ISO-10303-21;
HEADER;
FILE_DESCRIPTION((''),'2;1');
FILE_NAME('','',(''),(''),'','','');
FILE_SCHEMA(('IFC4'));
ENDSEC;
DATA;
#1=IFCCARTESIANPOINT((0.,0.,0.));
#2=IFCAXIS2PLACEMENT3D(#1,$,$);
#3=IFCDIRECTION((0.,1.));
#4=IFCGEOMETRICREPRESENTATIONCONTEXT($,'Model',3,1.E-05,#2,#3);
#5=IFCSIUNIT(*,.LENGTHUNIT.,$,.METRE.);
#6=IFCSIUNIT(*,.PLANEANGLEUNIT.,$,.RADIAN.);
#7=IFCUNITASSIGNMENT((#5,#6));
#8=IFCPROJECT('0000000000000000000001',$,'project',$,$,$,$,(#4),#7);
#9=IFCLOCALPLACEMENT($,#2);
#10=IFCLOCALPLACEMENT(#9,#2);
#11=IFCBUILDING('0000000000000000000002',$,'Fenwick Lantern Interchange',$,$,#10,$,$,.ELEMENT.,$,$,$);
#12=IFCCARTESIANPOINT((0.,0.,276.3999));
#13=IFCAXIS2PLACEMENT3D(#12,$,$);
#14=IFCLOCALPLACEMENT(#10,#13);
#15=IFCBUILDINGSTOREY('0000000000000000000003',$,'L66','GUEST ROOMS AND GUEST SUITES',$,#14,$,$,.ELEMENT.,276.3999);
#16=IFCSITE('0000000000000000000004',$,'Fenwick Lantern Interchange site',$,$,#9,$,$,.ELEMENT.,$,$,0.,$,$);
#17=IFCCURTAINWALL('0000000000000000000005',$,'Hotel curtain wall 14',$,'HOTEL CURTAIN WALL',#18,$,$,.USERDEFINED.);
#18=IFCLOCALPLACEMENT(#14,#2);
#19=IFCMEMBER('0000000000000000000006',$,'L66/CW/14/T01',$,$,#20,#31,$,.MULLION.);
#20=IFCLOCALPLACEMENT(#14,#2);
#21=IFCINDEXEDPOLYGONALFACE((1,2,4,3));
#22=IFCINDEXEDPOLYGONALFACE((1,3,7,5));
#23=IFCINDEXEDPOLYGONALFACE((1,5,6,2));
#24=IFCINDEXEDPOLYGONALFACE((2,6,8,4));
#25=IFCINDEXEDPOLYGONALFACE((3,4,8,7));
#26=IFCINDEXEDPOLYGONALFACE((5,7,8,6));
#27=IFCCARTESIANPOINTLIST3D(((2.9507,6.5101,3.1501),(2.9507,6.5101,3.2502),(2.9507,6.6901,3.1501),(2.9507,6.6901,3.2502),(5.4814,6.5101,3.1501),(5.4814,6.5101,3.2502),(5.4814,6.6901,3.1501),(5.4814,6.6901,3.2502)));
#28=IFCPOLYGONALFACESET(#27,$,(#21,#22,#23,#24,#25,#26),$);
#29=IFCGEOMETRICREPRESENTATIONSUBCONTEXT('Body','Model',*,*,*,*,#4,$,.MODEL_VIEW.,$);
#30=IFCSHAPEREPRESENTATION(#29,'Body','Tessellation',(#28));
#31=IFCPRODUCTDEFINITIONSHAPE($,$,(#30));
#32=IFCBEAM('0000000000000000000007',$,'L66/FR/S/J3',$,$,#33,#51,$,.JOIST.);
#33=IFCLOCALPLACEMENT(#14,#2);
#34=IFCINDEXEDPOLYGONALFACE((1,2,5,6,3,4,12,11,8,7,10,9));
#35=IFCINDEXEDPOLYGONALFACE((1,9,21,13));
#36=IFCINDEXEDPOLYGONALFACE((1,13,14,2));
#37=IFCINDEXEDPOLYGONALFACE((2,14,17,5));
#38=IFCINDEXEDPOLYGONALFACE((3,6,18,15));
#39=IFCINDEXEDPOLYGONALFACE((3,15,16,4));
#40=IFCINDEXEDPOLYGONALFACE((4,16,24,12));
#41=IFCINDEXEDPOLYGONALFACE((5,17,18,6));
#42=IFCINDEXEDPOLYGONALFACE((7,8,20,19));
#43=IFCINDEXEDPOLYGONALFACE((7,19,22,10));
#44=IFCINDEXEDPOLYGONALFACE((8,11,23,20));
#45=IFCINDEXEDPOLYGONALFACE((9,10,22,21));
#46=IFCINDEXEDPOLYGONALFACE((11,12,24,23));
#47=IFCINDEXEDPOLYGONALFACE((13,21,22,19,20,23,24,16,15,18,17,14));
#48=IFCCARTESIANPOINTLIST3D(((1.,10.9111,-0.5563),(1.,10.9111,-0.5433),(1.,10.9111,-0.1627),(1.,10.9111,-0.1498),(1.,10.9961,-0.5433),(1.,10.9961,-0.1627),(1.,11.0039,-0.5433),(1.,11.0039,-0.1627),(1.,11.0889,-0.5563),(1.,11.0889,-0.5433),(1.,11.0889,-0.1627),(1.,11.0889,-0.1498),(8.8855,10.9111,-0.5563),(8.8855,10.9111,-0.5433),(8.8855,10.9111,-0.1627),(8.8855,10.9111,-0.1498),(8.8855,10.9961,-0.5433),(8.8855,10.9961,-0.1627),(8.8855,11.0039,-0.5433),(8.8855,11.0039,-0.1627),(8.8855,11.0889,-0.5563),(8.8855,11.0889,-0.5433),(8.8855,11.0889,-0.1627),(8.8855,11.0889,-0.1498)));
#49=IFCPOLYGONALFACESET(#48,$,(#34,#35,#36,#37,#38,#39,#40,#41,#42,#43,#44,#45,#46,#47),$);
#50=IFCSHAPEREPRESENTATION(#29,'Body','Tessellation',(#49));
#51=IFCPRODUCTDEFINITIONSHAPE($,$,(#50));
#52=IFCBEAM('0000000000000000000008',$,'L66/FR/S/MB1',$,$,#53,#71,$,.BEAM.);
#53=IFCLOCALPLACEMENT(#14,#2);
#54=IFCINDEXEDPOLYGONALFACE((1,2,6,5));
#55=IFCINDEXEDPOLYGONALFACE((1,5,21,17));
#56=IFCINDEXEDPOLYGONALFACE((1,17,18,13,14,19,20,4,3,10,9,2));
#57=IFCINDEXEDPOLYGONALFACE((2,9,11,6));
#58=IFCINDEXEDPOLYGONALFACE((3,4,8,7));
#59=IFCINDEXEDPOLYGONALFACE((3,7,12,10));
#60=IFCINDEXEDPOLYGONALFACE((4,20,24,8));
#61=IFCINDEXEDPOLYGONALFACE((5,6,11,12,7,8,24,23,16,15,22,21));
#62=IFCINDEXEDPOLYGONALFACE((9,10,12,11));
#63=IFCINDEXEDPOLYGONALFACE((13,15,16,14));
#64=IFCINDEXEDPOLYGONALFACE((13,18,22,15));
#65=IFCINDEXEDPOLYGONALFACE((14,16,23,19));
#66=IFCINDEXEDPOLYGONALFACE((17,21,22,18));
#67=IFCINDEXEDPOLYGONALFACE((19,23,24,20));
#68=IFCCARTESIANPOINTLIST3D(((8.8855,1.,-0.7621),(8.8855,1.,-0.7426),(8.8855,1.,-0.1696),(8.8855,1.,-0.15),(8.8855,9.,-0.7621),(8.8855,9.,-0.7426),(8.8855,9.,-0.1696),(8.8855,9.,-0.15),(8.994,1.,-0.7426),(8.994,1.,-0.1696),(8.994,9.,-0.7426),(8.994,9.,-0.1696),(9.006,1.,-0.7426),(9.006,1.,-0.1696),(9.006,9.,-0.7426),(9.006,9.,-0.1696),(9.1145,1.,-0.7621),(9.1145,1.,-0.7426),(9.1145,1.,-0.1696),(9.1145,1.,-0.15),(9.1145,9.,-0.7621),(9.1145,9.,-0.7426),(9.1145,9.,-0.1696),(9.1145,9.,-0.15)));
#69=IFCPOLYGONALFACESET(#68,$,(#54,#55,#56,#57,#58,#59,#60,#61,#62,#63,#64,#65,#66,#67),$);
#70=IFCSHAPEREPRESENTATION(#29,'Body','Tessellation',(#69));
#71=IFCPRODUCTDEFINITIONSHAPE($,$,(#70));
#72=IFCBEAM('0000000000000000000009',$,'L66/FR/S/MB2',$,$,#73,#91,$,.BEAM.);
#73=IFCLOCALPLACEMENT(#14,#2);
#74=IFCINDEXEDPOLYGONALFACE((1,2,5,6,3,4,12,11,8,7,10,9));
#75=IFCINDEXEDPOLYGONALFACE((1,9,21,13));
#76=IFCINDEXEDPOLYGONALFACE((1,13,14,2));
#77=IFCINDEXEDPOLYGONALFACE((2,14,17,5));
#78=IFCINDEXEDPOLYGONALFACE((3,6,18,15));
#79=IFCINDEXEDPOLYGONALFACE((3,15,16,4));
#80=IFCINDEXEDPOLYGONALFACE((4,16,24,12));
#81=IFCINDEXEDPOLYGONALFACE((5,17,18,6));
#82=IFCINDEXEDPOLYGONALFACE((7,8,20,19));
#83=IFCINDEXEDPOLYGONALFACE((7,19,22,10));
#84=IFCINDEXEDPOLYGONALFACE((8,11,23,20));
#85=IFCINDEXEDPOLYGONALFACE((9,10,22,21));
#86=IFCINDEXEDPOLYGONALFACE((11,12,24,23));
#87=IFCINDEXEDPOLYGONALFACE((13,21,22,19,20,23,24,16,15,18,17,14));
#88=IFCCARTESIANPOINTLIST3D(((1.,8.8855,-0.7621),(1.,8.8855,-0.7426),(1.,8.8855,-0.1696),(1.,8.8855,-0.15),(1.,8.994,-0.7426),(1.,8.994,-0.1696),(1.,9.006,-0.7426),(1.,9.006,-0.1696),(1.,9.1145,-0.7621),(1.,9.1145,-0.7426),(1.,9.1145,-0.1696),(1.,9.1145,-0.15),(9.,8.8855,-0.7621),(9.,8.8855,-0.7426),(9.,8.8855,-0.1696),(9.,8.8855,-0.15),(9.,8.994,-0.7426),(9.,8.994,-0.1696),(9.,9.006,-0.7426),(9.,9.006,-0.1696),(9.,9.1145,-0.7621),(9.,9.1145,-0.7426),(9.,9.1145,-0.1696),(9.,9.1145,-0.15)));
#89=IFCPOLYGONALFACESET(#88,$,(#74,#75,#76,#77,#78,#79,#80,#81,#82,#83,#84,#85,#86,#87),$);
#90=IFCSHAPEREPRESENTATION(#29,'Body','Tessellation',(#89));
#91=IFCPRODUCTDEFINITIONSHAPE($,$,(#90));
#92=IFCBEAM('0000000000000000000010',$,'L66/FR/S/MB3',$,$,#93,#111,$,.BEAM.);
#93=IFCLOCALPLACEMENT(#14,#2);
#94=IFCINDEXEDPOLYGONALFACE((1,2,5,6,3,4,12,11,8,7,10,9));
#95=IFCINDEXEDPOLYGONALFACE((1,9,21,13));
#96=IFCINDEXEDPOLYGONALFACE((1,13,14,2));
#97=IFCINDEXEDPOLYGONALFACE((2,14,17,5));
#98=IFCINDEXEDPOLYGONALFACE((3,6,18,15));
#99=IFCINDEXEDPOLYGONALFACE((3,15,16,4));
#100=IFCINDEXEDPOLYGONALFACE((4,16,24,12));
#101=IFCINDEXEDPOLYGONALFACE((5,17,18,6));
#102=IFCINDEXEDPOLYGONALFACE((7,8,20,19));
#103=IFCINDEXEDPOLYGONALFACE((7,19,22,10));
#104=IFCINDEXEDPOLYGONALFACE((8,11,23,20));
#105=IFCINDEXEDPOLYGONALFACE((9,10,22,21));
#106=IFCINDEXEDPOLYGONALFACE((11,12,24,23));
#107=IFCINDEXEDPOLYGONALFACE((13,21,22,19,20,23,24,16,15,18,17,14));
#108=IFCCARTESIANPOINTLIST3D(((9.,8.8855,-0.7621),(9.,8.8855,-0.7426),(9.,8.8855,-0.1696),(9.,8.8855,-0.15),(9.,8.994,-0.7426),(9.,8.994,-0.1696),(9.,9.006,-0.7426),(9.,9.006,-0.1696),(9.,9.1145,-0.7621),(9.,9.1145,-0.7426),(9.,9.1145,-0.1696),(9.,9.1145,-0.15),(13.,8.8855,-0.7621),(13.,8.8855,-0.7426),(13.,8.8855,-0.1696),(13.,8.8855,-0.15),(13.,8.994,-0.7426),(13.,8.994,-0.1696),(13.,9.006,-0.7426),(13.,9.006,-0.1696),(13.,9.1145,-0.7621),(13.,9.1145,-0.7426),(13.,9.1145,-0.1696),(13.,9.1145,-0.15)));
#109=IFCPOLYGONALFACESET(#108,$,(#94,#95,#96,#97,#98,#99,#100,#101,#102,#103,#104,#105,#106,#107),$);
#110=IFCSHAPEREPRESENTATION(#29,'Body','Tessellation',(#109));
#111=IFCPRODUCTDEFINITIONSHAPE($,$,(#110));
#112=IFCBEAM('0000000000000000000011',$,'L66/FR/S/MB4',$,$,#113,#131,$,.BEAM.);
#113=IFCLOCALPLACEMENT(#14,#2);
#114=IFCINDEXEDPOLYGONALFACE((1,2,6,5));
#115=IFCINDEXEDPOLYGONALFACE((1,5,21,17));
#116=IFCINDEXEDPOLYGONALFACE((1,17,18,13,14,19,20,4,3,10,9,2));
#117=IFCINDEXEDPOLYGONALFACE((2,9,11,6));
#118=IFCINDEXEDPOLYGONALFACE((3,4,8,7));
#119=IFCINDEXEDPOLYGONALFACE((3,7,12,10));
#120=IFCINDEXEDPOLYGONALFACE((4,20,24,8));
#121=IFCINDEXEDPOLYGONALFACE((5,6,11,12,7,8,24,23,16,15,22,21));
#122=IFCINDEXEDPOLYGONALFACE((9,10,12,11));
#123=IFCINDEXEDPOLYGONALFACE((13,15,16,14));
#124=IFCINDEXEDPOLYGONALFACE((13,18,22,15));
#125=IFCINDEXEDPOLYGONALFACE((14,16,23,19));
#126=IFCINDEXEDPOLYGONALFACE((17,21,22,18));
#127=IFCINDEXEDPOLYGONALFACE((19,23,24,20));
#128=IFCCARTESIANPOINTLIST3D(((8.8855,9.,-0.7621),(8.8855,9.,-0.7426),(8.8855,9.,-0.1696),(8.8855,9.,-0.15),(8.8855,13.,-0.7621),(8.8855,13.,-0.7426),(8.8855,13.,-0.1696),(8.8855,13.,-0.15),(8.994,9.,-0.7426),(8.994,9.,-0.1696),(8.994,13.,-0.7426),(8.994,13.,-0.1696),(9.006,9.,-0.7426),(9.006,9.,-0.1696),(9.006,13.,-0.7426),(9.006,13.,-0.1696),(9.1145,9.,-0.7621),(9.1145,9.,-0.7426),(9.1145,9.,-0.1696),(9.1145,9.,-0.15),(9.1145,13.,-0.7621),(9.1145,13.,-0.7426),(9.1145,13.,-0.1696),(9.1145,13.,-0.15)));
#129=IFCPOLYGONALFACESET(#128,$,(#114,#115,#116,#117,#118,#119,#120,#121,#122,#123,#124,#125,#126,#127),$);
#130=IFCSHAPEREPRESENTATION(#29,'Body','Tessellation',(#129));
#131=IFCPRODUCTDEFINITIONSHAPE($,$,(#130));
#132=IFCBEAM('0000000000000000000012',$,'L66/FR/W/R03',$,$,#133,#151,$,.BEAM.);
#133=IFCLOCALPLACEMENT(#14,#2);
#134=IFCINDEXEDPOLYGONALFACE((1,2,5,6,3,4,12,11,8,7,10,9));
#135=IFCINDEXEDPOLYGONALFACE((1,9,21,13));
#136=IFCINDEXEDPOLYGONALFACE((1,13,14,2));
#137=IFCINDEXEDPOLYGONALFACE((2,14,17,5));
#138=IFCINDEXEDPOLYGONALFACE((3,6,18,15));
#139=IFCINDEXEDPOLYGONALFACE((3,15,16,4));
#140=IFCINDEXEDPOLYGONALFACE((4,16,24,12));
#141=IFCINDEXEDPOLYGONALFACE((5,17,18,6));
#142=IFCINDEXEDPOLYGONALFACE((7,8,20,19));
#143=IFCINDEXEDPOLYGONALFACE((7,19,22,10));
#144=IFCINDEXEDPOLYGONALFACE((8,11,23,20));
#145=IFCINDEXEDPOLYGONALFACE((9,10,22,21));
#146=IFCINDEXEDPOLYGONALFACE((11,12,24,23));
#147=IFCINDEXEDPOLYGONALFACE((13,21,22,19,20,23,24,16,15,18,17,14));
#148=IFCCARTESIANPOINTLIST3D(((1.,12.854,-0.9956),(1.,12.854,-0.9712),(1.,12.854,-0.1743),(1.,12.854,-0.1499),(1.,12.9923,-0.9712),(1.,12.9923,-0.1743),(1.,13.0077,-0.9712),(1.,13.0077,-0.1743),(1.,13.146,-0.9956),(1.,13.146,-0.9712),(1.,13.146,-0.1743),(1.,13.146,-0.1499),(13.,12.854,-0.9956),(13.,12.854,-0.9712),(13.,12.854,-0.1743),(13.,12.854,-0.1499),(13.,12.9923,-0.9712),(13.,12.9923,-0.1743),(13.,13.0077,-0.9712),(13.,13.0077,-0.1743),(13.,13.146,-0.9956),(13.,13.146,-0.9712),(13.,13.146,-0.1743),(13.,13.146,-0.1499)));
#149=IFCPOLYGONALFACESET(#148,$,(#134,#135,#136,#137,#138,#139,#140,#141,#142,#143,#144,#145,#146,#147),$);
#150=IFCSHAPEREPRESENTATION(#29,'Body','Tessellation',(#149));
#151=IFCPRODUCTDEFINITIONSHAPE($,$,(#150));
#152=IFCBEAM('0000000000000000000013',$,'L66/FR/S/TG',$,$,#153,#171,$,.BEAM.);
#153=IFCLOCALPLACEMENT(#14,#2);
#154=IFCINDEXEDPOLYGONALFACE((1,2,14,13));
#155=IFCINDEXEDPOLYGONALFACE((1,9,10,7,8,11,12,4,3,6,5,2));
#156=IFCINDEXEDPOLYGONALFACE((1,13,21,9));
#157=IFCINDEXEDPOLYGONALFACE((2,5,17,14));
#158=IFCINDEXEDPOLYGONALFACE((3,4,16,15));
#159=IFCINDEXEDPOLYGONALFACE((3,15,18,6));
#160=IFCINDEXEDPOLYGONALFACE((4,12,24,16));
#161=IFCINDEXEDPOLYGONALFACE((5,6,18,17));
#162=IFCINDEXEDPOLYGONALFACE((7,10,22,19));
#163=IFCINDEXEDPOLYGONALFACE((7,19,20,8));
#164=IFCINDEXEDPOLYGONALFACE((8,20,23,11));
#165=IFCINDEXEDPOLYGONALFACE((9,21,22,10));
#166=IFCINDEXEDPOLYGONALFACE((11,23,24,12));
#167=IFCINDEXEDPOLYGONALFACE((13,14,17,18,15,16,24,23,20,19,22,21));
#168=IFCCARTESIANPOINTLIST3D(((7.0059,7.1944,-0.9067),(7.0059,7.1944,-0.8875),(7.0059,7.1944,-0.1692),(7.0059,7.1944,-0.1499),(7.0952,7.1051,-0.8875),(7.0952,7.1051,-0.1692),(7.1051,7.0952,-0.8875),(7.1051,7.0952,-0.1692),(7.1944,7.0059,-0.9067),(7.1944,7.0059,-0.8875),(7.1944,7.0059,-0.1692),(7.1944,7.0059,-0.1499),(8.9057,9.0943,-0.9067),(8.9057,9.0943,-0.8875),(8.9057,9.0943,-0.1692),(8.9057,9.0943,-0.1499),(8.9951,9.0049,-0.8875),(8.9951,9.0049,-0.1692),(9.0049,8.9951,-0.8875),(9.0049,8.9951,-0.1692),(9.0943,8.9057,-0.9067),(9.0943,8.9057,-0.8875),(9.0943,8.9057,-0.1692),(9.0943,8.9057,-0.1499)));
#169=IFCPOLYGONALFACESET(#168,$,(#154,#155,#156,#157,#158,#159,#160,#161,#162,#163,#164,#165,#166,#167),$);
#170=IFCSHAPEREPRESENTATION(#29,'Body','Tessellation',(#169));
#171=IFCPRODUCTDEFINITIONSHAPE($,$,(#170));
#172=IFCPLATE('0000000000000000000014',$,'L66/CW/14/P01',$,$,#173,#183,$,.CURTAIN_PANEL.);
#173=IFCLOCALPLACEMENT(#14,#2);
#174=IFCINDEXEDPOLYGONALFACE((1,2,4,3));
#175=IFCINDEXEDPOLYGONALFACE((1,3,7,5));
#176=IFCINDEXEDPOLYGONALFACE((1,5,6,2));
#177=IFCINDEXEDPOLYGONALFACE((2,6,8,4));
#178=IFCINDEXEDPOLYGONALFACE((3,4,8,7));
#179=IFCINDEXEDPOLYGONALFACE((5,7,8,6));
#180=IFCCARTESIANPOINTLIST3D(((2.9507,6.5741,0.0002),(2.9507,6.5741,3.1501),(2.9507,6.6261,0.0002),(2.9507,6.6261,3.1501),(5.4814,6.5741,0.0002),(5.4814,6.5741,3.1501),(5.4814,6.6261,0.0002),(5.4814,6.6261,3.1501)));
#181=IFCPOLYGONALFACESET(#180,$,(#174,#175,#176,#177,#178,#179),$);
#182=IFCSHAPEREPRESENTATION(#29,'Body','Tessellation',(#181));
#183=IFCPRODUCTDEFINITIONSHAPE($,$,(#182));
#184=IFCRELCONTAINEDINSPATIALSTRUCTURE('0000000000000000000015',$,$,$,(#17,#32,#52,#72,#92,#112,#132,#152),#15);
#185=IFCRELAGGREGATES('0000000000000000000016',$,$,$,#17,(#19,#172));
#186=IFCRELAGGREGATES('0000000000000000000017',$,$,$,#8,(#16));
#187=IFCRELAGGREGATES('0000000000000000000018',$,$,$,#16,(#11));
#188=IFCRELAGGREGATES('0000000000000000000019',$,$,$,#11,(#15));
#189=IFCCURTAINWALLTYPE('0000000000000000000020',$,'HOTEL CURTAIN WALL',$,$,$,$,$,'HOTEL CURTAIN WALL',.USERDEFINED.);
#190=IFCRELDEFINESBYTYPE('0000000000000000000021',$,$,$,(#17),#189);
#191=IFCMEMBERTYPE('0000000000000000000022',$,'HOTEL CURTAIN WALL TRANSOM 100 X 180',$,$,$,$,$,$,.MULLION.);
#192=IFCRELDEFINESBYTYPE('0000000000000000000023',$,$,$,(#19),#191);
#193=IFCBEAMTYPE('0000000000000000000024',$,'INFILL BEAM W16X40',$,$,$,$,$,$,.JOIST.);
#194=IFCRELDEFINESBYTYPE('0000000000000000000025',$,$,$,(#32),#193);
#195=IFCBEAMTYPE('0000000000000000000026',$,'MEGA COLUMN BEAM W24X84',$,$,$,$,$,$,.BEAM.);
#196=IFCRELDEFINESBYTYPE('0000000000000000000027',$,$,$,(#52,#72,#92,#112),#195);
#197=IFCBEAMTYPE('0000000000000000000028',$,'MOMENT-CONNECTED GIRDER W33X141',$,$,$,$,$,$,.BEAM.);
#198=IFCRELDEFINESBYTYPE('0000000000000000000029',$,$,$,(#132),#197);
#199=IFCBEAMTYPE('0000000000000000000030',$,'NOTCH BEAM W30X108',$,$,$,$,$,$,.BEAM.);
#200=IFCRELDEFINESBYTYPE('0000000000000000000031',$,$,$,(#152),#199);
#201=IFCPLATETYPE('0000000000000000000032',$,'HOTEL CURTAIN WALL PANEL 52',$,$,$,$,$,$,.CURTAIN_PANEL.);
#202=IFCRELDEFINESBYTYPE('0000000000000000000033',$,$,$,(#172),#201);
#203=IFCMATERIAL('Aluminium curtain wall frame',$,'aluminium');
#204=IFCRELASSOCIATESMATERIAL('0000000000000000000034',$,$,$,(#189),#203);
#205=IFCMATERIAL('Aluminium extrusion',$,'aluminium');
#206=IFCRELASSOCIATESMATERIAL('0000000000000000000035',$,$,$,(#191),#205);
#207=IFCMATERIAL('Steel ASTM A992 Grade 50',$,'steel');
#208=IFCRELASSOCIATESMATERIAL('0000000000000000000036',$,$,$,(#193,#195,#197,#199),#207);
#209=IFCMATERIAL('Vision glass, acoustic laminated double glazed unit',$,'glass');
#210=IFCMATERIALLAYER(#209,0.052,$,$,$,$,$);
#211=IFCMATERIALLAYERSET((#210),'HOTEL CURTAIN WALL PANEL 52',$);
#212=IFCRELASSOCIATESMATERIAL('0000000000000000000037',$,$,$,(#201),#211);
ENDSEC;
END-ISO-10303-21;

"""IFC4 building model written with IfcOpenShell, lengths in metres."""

from ifc_helpers import new_model, si_unit, direction, frame, origin, origin_2d, place, context, subcontext, project, spatial, rectangle, i_section, extrude, material, layer, layer_set, material_profile, profile_set, type_object, element, aggregate, save


model = new_model("IFC4")

# Units and contexts
model_context = context("Model", 3, precision=1e-05, world=origin(), true_north=direction((0.0, 1.0)))
body_context = subcontext(model_context, "Body", "Model", "MODEL_VIEW")
ifc_project = project(units=[si_unit("LENGTHUNIT", "METRE"), si_unit("PLANEANGLEUNIT", "RADIAN")], contexts=[model_context])

# Site, building, storey
site_placement = place(None, origin())
site = spatial("IfcSite", under=ifc_project, at=site_placement, Name="Fenwick Lantern Interchange site", CompositionType="ELEMENT", RefElevation=0.0)
building_placement = place(site_placement, origin())
building = spatial("IfcBuilding", under=site, at=building_placement, Name="Fenwick Lantern Interchange", CompositionType="ELEMENT")
storey_placement = place(building_placement, frame((0.0, 0.0, 276.3999)))
storey = spatial("IfcBuildingStorey", under=building, at=storey_placement, Name="L66", Description="GUEST ROOMS AND GUEST SUITES", CompositionType="ELEMENT", Elevation=276.3999)

# Shared definitions
ifc_material_1 = material(Name="Steel ASTM A992 Grade 50", Category="steel")

# Curtain wall
ifc_material_2 = material(Name="Aluminium curtain wall frame", Category="aluminium")
curtain_wall_type = type_object("IfcCurtainWallType", Name="HOTEL CURTAIN WALL", ElementType="HOTEL CURTAIN WALL", PredefinedType="USERDEFINED", material=ifc_material_2)
ifc_material_3 = material(Name="Aluminium extrusion", Category="aluminium")
curtain_wall_1_placement = place(storey_placement, origin())
curtain_wall_1 = element("IfcCurtainWall", 1, at=curtain_wall_1_placement, inside=storey, type_object=curtain_wall_type, Name="Hotel curtain wall 14", ObjectType="HOTEL CURTAIN WALL", PredefinedType="USERDEFINED")

# Member
ifc_material_profile_1 = material_profile(ifc_material_3, rectangle(XDim=0.1799, YDim=0.1001, at=origin_2d()), Name="HOTEL CURTAIN WALL TRANSOM 100 X 180")
ifc_profile_set_1 = profile_set([ifc_material_profile_1], Name="Aluminium extrusion")
member_type_1 = type_object("IfcMemberType", Name="HOTEL CURTAIN WALL TRANSOM 100 X 180", PredefinedType="MULLION", material=ifc_profile_set_1)
member_1_placement = place(storey_placement, frame((2.9507, 6.6001, 3.2002), z_axis=(1.0, 0.0, 0.0), x_axis=(0.0, 1.0, 0.0)))
member_1 = element("IfcMember", 2, at=member_1_placement, type_object=member_type_1, Name="L66/CW/14/T01", PredefinedType="MULLION", context=body_context, shape_type="SweptSolid", body=[
    extrude(rectangle(XDim=0.1799, YDim=0.1001, at=origin_2d()), origin(), (0.0, 0.0, 1.0), 2.5308),
])

# Beams
ifc_material_profile_2 = material_profile(ifc_material_1, i_section(OverallWidth=0.1777, OverallDepth=0.4065, WebThickness=0.0078, FlangeThickness=0.0129, at=origin_2d()), Name="W16X40")
ifc_profile_set_2 = profile_set([ifc_material_profile_2], Name="Steel ASTM A992 Grade 50")
beam_type_1 = type_object("IfcBeamType", Name="INFILL BEAM W16X40", PredefinedType="JOIST", material=ifc_profile_set_2)
beam_1_placement = place(storey_placement, frame((1.0, 11.0, -0.353), z_axis=(1.0, 0.0, 0.0), x_axis=(0.0, 1.0, 0.0)))
element("IfcBeam", 3, at=beam_1_placement, inside=storey, type_object=beam_type_1, Name="L66/FR/S/J3", PredefinedType="JOIST", context=body_context, shape_type="SweptSolid", body=[
    extrude(i_section(OverallWidth=0.1777, OverallDepth=0.4065, WebThickness=0.0078, FlangeThickness=0.0129, at=origin_2d()), origin(), (0.0, 0.0, 1.0), 7.8855),
])
ifc_material_profile_3 = material_profile(ifc_material_1, i_section(OverallWidth=0.229, OverallDepth=0.6121, WebThickness=0.012, FlangeThickness=0.0195, at=origin_2d()), Name="W24X84")
ifc_profile_set_3 = profile_set([ifc_material_profile_3], Name="Steel ASTM A992 Grade 50")
beam_type_2 = type_object("IfcBeamType", Name="MEGA COLUMN BEAM W24X84", PredefinedType="BEAM", material=ifc_profile_set_3)
for number, where, z_axis, x_axis, name in (
    (4, (9.0, 9.0, -0.4561), (0.0, -1.0, 0.0), (1.0, 0.0, 0.0), "L66/FR/S/MB1"),
    (5, (9.0, 9.0, -0.4561), (-1.0, 0.0, 0.0), (0.0, -1.0, 0.0), "L66/FR/S/MB2"),
):
    element("IfcBeam", number, at=place(storey_placement, frame(where, z_axis=z_axis, x_axis=x_axis)), inside=storey, type_object=beam_type_2, Name=name, PredefinedType="BEAM", context=body_context, shape_type="SweptSolid", body=[
        extrude(i_section(OverallWidth=0.229, OverallDepth=0.6121, WebThickness=0.012, FlangeThickness=0.0195, at=origin_2d()), origin(), (0.0, 0.0, 1.0), 8.0),
    ])
for number, where, z_axis, x_axis, name in (
    (6, (9.0, 9.0, -0.4561), (1.0, 0.0, 0.0), (0.0, 1.0, 0.0), "L66/FR/S/MB3"),
    (7, (9.0, 9.0, -0.4561), (0.0, 1.0, 0.0), (-1.0, 0.0, 0.0), "L66/FR/S/MB4"),
):
    element("IfcBeam", number, at=place(storey_placement, frame(where, z_axis=z_axis, x_axis=x_axis)), inside=storey, type_object=beam_type_2, Name=name, PredefinedType="BEAM", context=body_context, shape_type="SweptSolid", body=[
        extrude(i_section(OverallWidth=0.229, OverallDepth=0.6121, WebThickness=0.012, FlangeThickness=0.0195, at=origin_2d()), origin(), (0.0, 0.0, 1.0), 4.0),
    ])
ifc_material_profile_4 = material_profile(ifc_material_1, i_section(OverallWidth=0.292, OverallDepth=0.8457, WebThickness=0.0154, FlangeThickness=0.0244, at=origin_2d()), Name="W33X141")
ifc_profile_set_4 = profile_set([ifc_material_profile_4], Name="Steel ASTM A992 Grade 50")
beam_type_3 = type_object("IfcBeamType", Name="MOMENT-CONNECTED GIRDER W33X141", PredefinedType="BEAM", material=ifc_profile_set_4)
beam_2_placement = place(storey_placement, frame((1.0, 13.0, -0.5728), z_axis=(1.0, 0.0, 0.0), x_axis=(0.0, 1.0, 0.0)))
element("IfcBeam", 8, at=beam_2_placement, inside=storey, type_object=beam_type_3, Name="L66/FR/W/R03", PredefinedType="BEAM", context=body_context, shape_type="SweptSolid", body=[
    extrude(i_section(OverallWidth=0.292, OverallDepth=0.8457, WebThickness=0.0154, FlangeThickness=0.0244, at=origin_2d()), origin(), (0.0, 0.0, 1.0), 12.0),
])
ifc_material_profile_5 = material_profile(ifc_material_1, i_section(OverallWidth=0.2666, OverallDepth=0.7568, WebThickness=0.0139, FlangeThickness=0.0193, at=origin_2d()), Name="W30X108")
ifc_profile_set_5 = profile_set([ifc_material_profile_5], Name="Steel ASTM A992 Grade 50")
beam_type_4 = type_object("IfcBeamType", Name="NOTCH BEAM W30X108", PredefinedType="BEAM", material=ifc_profile_set_5)
beam_3_placement = place(storey_placement, frame((9.0, 9.0, -0.5283), z_axis=(-0.707107, -0.707107, 0.0), x_axis=(0.707107, -0.707107, 0.0)))
element("IfcBeam", 9, at=beam_3_placement, inside=storey, type_object=beam_type_4, Name="L66/FR/S/TG", PredefinedType="BEAM", context=body_context, shape_type="SweptSolid", body=[
    extrude(i_section(OverallWidth=0.2666, OverallDepth=0.7568, WebThickness=0.0139, FlangeThickness=0.0193, at=origin_2d()), origin(), (0.0, 0.0, 1.0), 2.6868),
])

# Plate
ifc_material_4 = material(Name="Vision glass, acoustic laminated double glazed unit", Category="glass")
ifc_layer_1 = layer(ifc_material_4, 0.052)
ifc_layer_set_1 = layer_set([ifc_layer_1], Name="HOTEL CURTAIN WALL PANEL 52")
plate_type = type_object("IfcPlateType", Name="HOTEL CURTAIN WALL PANEL 52", PredefinedType="CURTAIN_PANEL", material=ifc_layer_set_1)
plate_placement = place(storey_placement, frame((4.2161, 6.6001, 0.0002), z_axis=(0.0, 0.0, 1.0), x_axis=(1.0, 0.0, 0.0)))
plate = element("IfcPlate", 10, at=plate_placement, type_object=plate_type, Name="L66/CW/14/P01", PredefinedType="CURTAIN_PANEL", context=body_context, shape_type="SweptSolid", body=[
    extrude(rectangle(XDim=2.5308, YDim=0.052, at=origin_2d()), origin(), (0.0, 0.0, 1.0), 3.1499),
])
aggregate(curtain_wall_1, [member_1, plate])

save(model, "model.ifc")
